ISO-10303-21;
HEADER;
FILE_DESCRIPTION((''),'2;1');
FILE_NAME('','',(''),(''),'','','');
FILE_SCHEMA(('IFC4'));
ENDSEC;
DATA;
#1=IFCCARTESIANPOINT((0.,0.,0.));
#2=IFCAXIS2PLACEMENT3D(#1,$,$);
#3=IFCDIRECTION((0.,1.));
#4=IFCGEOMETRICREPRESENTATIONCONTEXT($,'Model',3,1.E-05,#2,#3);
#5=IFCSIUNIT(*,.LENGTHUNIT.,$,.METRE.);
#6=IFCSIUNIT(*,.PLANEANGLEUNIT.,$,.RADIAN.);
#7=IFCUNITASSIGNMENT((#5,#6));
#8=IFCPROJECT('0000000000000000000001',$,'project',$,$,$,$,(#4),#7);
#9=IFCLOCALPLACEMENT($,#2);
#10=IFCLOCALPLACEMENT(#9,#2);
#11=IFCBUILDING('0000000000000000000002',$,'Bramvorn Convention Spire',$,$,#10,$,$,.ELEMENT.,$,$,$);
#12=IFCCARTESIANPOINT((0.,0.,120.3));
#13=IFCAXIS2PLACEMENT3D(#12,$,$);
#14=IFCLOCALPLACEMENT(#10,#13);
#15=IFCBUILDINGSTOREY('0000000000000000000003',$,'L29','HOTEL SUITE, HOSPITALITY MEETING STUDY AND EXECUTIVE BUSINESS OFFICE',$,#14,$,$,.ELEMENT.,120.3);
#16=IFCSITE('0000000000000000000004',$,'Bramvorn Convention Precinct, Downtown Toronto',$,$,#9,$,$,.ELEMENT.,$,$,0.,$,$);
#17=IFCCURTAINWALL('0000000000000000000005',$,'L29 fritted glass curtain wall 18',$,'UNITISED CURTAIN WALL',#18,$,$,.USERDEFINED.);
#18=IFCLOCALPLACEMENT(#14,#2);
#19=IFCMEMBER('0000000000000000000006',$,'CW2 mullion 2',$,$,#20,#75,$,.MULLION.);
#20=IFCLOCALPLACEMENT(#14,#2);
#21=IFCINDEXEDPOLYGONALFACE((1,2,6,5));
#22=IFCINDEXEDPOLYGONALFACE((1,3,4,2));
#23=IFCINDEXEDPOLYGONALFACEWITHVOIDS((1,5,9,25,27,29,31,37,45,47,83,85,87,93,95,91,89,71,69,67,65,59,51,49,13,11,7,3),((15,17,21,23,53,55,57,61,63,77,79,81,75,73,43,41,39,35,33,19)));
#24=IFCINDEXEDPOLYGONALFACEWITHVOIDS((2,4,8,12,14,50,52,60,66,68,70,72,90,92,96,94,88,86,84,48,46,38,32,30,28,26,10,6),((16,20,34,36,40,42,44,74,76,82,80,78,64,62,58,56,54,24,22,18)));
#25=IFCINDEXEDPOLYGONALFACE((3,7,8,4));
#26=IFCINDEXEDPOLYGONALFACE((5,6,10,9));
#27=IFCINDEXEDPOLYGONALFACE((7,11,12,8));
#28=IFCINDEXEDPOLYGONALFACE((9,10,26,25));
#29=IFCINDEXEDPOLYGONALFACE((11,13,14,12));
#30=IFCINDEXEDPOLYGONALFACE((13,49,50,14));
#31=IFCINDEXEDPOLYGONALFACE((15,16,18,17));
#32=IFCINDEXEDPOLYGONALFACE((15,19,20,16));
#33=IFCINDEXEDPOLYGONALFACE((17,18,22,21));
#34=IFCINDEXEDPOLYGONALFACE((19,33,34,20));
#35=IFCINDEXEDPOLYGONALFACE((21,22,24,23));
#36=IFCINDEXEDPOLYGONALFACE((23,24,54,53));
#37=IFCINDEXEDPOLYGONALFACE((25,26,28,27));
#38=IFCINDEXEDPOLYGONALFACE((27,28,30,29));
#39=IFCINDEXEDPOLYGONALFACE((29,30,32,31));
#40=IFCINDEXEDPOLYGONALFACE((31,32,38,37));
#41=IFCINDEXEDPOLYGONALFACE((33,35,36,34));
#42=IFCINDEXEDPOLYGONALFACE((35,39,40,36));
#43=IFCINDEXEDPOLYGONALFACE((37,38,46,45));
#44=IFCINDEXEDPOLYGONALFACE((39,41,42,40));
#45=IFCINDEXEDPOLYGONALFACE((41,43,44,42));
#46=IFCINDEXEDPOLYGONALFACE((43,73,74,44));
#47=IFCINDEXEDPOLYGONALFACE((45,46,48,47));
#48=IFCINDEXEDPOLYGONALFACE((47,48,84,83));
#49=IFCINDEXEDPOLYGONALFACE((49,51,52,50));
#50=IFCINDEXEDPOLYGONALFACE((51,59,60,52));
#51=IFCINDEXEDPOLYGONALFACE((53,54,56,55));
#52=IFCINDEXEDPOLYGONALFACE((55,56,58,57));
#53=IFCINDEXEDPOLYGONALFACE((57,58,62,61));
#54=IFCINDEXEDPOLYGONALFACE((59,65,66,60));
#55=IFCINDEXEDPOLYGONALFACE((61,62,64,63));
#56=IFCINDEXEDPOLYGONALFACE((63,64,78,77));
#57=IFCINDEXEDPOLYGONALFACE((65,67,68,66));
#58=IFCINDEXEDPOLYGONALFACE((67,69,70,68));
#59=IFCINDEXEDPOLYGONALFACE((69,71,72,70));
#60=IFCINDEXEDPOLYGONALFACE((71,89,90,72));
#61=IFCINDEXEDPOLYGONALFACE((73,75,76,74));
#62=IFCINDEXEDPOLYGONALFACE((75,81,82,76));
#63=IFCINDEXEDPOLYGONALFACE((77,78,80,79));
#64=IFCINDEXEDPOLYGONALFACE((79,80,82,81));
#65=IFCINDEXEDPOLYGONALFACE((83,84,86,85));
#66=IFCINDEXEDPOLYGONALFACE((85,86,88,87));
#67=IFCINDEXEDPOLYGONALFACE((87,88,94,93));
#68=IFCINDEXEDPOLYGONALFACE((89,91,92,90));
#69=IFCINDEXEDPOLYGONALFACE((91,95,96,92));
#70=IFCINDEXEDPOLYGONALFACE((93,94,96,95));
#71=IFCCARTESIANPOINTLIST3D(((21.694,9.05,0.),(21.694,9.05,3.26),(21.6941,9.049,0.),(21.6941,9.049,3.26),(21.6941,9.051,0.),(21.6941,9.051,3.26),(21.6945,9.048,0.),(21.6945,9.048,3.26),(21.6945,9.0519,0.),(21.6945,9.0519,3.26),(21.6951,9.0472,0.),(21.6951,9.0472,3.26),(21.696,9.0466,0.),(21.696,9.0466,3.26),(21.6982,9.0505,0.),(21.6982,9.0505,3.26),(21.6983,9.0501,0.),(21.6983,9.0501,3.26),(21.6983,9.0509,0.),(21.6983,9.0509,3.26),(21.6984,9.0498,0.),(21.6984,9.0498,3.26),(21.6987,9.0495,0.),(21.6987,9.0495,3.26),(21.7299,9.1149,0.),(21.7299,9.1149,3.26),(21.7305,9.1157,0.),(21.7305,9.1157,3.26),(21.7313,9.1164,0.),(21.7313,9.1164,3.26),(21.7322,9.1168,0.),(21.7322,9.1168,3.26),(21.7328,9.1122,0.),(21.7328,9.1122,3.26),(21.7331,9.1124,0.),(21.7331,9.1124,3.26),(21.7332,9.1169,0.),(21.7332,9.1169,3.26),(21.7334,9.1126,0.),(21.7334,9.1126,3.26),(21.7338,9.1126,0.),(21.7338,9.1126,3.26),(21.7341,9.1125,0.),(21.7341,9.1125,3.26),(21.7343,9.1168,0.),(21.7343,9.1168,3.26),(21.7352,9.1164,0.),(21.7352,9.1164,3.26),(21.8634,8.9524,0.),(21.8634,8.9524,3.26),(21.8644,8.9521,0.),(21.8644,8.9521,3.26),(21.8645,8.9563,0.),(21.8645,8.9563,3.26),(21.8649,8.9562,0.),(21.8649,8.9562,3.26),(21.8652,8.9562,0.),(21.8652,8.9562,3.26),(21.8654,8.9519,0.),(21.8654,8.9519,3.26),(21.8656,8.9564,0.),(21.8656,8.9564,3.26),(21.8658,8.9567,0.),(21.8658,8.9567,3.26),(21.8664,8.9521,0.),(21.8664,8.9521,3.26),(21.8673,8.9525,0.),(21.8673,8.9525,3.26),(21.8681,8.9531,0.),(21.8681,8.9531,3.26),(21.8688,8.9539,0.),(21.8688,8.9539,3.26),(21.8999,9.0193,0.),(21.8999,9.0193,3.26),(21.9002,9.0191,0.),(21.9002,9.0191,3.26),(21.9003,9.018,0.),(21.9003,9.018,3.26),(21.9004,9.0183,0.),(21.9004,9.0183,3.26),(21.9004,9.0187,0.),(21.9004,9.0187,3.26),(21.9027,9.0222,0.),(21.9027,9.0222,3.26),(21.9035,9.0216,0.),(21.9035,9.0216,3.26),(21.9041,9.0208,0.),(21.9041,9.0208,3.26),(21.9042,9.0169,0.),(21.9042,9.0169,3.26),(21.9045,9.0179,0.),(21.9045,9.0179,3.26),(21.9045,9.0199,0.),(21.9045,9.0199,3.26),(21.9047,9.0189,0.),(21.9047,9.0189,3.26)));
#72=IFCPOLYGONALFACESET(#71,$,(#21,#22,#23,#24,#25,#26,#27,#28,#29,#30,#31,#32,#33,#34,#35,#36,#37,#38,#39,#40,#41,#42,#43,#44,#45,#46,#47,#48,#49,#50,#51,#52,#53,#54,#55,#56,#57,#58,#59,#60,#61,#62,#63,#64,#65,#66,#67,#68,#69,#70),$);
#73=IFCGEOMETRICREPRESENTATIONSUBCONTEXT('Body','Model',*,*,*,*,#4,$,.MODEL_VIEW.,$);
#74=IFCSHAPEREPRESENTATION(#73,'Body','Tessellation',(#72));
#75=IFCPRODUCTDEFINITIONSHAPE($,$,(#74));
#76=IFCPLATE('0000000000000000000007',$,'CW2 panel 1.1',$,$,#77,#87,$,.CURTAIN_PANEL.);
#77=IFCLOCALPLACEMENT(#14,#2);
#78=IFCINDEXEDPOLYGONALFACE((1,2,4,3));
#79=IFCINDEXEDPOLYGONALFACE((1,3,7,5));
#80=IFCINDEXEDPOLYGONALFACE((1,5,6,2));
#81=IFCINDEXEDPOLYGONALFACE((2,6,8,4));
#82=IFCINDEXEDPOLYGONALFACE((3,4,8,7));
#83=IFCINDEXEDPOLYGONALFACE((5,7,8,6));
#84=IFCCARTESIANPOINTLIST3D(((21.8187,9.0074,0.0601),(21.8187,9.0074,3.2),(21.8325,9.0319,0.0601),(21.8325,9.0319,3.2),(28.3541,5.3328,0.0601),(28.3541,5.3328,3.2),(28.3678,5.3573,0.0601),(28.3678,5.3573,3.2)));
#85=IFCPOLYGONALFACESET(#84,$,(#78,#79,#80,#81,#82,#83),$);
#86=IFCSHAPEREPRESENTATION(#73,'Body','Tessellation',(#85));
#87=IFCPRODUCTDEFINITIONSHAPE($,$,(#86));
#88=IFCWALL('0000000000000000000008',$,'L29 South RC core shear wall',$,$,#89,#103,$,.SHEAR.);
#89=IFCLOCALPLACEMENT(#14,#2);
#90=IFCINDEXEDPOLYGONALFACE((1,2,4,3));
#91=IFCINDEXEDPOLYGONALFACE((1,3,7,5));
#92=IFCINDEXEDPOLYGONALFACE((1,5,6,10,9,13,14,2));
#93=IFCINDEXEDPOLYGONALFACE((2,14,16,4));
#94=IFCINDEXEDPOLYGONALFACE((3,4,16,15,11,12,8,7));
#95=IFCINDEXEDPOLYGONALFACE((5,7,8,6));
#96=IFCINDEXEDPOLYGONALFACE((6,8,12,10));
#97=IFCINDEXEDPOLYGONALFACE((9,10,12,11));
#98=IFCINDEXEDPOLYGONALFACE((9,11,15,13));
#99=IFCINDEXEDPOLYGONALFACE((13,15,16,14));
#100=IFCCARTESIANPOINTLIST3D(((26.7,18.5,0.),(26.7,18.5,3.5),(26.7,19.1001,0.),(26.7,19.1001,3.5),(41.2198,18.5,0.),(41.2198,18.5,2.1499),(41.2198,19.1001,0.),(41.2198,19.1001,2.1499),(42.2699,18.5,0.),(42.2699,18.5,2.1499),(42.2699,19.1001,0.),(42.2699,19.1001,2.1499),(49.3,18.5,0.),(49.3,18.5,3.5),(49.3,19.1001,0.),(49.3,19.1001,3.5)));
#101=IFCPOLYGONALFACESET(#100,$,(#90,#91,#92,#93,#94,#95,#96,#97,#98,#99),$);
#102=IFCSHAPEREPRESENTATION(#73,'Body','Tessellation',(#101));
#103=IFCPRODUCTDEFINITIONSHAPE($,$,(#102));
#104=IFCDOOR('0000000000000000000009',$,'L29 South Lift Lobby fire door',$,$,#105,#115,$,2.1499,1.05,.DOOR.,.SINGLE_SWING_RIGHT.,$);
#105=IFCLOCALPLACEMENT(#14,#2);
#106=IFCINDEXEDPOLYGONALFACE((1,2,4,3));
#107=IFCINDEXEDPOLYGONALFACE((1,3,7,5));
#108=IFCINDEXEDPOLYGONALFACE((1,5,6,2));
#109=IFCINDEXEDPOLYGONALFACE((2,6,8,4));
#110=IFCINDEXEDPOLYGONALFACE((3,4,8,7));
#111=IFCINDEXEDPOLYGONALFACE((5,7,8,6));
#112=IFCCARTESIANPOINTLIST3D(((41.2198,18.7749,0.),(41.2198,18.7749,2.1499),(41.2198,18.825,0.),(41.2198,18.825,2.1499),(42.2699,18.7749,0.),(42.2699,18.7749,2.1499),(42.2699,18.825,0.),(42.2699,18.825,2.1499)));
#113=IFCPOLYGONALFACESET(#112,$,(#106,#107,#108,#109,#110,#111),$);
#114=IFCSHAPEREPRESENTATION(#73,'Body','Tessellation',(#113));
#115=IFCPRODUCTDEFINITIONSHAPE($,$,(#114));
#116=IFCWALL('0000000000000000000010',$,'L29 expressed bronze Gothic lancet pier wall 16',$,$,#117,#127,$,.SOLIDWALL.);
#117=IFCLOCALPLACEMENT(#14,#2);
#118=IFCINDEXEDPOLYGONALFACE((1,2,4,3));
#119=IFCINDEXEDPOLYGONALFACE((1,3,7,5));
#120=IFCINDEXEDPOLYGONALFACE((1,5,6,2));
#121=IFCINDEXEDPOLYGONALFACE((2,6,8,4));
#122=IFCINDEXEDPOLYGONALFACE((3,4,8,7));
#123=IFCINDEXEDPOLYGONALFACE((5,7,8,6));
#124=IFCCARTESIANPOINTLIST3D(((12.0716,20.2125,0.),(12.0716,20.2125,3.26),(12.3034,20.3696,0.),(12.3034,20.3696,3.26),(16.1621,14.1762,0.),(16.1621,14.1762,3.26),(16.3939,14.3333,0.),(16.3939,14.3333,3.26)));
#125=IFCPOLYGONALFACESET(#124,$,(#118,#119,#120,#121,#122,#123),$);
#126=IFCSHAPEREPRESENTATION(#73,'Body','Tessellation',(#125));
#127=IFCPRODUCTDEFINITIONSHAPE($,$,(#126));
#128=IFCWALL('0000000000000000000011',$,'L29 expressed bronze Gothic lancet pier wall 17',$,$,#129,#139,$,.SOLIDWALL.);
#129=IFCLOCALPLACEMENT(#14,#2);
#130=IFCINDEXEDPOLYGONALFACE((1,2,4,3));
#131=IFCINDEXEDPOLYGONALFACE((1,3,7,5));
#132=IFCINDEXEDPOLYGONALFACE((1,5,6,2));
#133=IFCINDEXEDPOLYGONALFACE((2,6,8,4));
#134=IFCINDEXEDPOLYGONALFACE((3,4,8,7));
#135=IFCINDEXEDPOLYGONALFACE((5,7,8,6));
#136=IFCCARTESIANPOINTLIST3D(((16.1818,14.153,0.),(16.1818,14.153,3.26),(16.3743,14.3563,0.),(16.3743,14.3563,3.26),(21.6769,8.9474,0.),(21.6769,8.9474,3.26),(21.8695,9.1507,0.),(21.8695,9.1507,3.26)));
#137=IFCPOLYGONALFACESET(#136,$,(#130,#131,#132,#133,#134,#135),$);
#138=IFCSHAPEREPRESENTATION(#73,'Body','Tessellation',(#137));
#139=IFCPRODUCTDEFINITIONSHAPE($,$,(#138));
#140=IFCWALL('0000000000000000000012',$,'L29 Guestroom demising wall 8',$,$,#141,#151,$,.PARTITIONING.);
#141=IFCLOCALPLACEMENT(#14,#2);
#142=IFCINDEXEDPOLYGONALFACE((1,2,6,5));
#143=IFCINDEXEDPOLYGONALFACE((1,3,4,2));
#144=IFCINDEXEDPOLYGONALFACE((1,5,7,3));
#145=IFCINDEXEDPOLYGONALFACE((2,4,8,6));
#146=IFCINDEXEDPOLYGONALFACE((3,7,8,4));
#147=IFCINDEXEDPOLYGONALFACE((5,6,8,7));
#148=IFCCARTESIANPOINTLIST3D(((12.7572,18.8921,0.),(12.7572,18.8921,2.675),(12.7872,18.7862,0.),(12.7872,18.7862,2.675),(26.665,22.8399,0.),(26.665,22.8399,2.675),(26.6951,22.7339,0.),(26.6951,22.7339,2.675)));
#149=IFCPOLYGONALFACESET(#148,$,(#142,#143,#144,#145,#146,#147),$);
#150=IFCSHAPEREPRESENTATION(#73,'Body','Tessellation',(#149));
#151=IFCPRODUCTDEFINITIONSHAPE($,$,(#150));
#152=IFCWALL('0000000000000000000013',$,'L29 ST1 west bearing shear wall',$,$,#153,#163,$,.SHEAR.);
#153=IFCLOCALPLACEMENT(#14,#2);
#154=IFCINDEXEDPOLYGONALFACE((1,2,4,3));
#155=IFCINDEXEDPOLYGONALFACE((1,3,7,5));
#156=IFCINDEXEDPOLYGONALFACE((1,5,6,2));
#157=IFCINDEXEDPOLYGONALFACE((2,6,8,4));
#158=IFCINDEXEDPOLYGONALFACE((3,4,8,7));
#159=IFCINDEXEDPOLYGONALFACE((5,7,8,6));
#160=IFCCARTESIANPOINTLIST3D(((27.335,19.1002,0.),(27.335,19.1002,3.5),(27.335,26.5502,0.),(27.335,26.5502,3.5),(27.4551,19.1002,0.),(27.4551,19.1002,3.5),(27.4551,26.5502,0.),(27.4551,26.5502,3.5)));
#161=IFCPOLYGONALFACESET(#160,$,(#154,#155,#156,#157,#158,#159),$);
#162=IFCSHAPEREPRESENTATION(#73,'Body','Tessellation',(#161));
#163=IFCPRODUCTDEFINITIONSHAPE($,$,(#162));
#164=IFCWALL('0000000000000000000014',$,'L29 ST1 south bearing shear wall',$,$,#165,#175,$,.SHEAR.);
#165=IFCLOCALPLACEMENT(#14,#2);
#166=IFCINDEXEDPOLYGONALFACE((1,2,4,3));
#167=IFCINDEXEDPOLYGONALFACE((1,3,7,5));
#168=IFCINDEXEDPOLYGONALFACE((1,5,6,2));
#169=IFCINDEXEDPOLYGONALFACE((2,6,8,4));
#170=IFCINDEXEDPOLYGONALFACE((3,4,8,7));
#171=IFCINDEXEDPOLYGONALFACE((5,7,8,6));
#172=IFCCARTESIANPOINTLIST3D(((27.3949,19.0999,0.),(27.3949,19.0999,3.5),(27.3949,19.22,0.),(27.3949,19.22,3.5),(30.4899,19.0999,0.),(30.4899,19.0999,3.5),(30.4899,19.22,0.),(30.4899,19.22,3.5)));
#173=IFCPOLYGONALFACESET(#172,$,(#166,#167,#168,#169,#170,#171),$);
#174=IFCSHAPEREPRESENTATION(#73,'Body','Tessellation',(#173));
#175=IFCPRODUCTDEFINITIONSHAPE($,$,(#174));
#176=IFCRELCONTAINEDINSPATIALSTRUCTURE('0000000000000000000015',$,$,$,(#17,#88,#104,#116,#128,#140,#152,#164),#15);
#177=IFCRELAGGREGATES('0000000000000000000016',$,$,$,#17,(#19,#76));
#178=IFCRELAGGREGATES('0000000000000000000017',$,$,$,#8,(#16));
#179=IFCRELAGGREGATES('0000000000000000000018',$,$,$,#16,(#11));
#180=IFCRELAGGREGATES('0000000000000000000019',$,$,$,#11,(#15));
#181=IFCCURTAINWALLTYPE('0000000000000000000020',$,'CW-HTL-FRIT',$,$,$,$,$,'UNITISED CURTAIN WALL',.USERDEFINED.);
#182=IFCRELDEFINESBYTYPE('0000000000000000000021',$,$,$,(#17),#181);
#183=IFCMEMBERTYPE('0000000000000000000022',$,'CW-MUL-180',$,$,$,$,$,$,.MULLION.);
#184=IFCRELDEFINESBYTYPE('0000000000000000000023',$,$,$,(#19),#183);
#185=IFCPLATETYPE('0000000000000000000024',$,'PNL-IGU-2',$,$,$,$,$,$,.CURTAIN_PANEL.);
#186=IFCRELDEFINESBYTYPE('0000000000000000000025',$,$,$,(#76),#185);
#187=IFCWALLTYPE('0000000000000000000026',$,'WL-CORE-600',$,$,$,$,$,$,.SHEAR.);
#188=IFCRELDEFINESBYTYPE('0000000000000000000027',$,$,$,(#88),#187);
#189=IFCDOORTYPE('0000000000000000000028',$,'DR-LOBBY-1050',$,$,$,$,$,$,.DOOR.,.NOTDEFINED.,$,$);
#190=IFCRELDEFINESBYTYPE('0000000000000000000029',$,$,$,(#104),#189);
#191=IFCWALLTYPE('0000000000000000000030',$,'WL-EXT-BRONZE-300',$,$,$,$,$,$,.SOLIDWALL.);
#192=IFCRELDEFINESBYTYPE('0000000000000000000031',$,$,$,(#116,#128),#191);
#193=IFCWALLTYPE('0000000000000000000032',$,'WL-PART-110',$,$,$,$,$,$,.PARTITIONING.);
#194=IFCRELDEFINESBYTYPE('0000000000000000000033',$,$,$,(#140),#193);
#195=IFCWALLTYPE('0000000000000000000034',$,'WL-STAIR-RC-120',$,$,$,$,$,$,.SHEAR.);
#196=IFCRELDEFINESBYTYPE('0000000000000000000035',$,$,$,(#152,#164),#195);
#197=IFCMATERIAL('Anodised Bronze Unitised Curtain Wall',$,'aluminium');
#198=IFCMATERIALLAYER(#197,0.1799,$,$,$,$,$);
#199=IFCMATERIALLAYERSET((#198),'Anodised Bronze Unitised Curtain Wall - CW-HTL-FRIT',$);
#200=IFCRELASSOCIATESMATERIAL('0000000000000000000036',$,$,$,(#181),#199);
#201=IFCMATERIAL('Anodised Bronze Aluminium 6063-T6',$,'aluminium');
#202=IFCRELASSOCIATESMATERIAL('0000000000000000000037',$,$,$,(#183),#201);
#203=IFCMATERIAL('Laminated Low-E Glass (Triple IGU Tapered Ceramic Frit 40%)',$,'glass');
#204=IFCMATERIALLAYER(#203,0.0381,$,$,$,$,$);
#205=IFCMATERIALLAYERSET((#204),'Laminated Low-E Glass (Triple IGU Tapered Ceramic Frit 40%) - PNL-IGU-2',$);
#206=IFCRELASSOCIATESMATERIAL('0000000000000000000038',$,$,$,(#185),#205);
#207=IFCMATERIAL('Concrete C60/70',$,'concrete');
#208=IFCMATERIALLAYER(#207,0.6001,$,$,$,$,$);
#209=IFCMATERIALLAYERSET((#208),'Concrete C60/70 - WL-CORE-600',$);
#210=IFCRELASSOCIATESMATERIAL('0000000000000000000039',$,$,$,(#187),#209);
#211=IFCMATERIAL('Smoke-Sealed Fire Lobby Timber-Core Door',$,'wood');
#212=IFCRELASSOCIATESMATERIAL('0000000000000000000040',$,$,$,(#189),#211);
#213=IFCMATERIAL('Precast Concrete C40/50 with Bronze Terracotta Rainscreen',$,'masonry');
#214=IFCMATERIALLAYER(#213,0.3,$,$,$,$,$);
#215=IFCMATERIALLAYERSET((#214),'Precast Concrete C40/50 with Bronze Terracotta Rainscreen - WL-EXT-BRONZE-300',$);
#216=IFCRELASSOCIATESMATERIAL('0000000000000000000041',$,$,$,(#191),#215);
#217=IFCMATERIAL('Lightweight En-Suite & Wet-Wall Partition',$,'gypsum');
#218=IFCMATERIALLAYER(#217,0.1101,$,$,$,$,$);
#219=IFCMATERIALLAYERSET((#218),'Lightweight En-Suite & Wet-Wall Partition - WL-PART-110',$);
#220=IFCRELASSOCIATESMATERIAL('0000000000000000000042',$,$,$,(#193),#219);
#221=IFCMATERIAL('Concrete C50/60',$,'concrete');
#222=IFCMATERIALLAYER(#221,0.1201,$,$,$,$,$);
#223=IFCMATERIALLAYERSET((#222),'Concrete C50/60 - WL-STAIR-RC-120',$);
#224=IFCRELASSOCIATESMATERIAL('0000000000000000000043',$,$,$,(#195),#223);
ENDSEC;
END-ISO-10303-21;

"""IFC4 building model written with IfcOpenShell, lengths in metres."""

from ifc_helpers import new_model, si_unit, direction, frame, frame_2d, origin, origin_2d, place, context, subcontext, project, spatial, rectangle, hollow_rectangle, extrude, material, layer, layer_set, material_profile, profile_set, type_object, element, fill, aggregate, save


model = new_model("IFC4")

# Units and contexts
model_context = context("Model", 3, precision=1e-05, world=origin(), true_north=direction((0.0, 1.0)))
body_context = subcontext(model_context, "Body", "Model", "MODEL_VIEW")
ifc_project = project(units=[si_unit("LENGTHUNIT", "METRE"), si_unit("PLANEANGLEUNIT", "RADIAN")], contexts=[model_context])

# Site, building, storey
site_placement = place(None, origin())
site = spatial("IfcSite", under=ifc_project, at=site_placement, Name="Bramvorn Convention Precinct, Downtown Toronto", CompositionType="ELEMENT", RefElevation=0.0)
building_placement = place(site_placement, origin())
building = spatial("IfcBuilding", under=site, at=building_placement, Name="Bramvorn Convention Spire", CompositionType="ELEMENT")
storey_placement = place(building_placement, frame((0.0, 0.0, 120.3)))
storey = spatial("IfcBuildingStorey", under=building, at=storey_placement, Name="L29", Description="HOTEL SUITE, HOSPITALITY MEETING STUDY AND EXECUTIVE BUSINESS OFFICE", CompositionType="ELEMENT", Elevation=120.3)

# Curtain wall, member, plate
ifc_material_1 = material(Name="Anodised Bronze Unitised Curtain Wall", Category="aluminium")
ifc_layer_1 = layer(ifc_material_1, 0.1799)
ifc_layer_set_1 = layer_set([ifc_layer_1], Name="Anodised Bronze Unitised Curtain Wall - CW-HTL-FRIT")
curtain_wall_type = type_object("IfcCurtainWallType", Name="CW-HTL-FRIT", ElementType="UNITISED CURTAIN WALL", PredefinedType="USERDEFINED", material=ifc_layer_set_1)
curtain_wall_placement = place(storey_placement, origin())
curtain_wall = element("IfcCurtainWall", 1, at=curtain_wall_placement, inside=storey, type_object=curtain_wall_type, Name="L29 fritted glass curtain wall 18", ObjectType="UNITISED CURTAIN WALL", PredefinedType="USERDEFINED")
ifc_material_2 = material(Name="Anodised Bronze Aluminium 6063-T6", Category="aluminium")
ifc_material_profile_1 = material_profile(ifc_material_2, hollow_rectangle(XDim=0.0801, YDim=0.2, WallThickness=0.0039, InnerFilletRadius=0.001, OuterFilletRadius=0.0039, at=origin_2d()))
ifc_profile_set_1 = profile_set([ifc_material_profile_1], Name="Anodised Bronze Aluminium 6063-T6 - CWM80X200")
member_type = type_object("IfcMemberType", Name="CW-MUL-180", PredefinedType="MULLION", material=ifc_profile_set_1)
member_placement = place(storey_placement, frame((21.7993, 9.0344, 0.0), z_axis=(0.0, 0.0, 1.0), x_axis=(-0.490107, -0.871662, 0.0)))
member = element("IfcMember", 2, at=member_placement, type_object=member_type, Name="CW2 mullion 2", PredefinedType="MULLION", context=body_context, shape_type="SweptSolid", body=[
    extrude(hollow_rectangle(XDim=0.0801, YDim=0.2, WallThickness=0.0039, InnerFilletRadius=0.001, OuterFilletRadius=0.0039, at=origin_2d()), origin(), (0.0, 0.0, 1.0), 3.26),
])
ifc_material_3 = material(Name="Laminated Low-E Glass (Triple IGU Tapered Ceramic Frit 40%)", Category="glass")
ifc_layer_2 = layer(ifc_material_3, 0.0381)
ifc_layer_set_2 = layer_set([ifc_layer_2], Name="Laminated Low-E Glass (Triple IGU Tapered Ceramic Frit 40%) - PNL-IGU-2")
plate_type = type_object("IfcPlateType", Name="PNL-IGU-2", PredefinedType="CURTAIN_PANEL", material=ifc_layer_set_2)
plate_placement = place(storey_placement, frame((25.0933, 7.1824, 0.0601), z_axis=(0.0, 0.0, 1.0), x_axis=(-0.871662, 0.490107, 0.0)))
plate = element("IfcPlate", 3, at=plate_placement, type_object=plate_type, Name="CW2 panel 1.1", PredefinedType="CURTAIN_PANEL", context=body_context, shape_type="SweptSolid", body=[
    extrude(rectangle(XDim=7.4976, YDim=0.0281, at=origin_2d()), origin(), (0.0, 0.0, 1.0), 3.1399),
])
aggregate(curtain_wall, [member, plate])

# Wall, opening, door
ifc_material_4 = material(Name="Concrete C60/70", Category="concrete")
ifc_layer_3 = layer(ifc_material_4, 0.6001)
ifc_layer_set_3 = layer_set([ifc_layer_3], Name="Concrete C60/70 - WL-CORE-600")
wall_type_1 = type_object("IfcWallType", Name="WL-CORE-600", PredefinedType="SHEAR", material=ifc_layer_set_3)
wall_1_placement = place(storey_placement, frame((26.7, 18.8, 0.0), z_axis=(0.0, 0.0, 1.0), x_axis=(1.0, 0.0, 0.0)))
wall_1 = element("IfcWall", 4, at=wall_1_placement, inside=storey, type_object=wall_type_1, Name="L29 South RC core shear wall", PredefinedType="SHEAR", context=body_context, shape_type="SweptSolid", body=[
    extrude(rectangle(XDim=22.6001, YDim=0.6001, at=frame_2d((11.3, 0.0))), origin(), (0.0, 0.0, 1.0), 3.5),
])
opening_1_placement = place(wall_1_placement, frame((14.52, 0.0, 0.0)))
opening_1 = element("IfcOpeningElement", 5, at=opening_1_placement, cuts=wall_1, PredefinedType="OPENING", context=body_context, shape_type="SweptSolid", body=[
    extrude(rectangle(XDim=1.05, YDim=2.1499, at=frame_2d((0.5249, 1.075))), frame((0.0, 0.3101, 0.0), z_axis=(0.0, -1.0, 0.0), x_axis=(1.0, 0.0, 0.0)), (0.0, 0.0, 1.0), 0.6201),
])
ifc_material_5 = material(Name="Smoke-Sealed Fire Lobby Timber-Core Door", Category="wood")
door_type = type_object("IfcDoorType", Name="DR-LOBBY-1050", OperationType="NOTDEFINED", PredefinedType="DOOR", material=ifc_material_5)
door_1_placement = place(opening_1_placement, origin())
door_1 = element("IfcDoor", 6, at=door_1_placement, inside=storey, type_object=door_type, Name="L29 South Lift Lobby fire door", OperationType="SINGLE_SWING_RIGHT", OverallHeight=2.1499, OverallWidth=1.05, PredefinedType="DOOR", context=body_context, shape_type="SweptSolid", body=[
    extrude(rectangle(XDim=1.05, YDim=2.1499, at=frame_2d((0.5249, 1.075))), frame((0.0, 0.0249, 0.0), z_axis=(0.0, -1.0, 0.0), x_axis=(1.0, 0.0, 0.0)), (0.0, 0.0, 1.0), 0.05),
])
fill(opening_1, door_1)

# Walls
ifc_material_6 = material(Name="Precast Concrete C40/50 with Bronze Terracotta Rainscreen", Category="masonry")
ifc_layer_4 = layer(ifc_material_6, 0.3)
ifc_layer_set_4 = layer_set([ifc_layer_4], Name="Precast Concrete C40/50 with Bronze Terracotta Rainscreen - WL-EXT-BRONZE-300")
wall_type_2 = type_object("IfcWallType", Name="WL-EXT-BRONZE-300", PredefinedType="SOLIDWALL", material=ifc_layer_set_4)
wall_2_placement = place(storey_placement, frame((16.2781, 14.2546, 0.0), z_axis=(0.0, 0.0, 1.0), x_axis=(-0.560981, 0.827828, 0.0)))
element("IfcWall", 7, at=wall_2_placement, inside=storey, type_object=wall_type_2, Name="L29 expressed bronze Gothic lancet pier wall 16", PredefinedType="SOLIDWALL", context=body_context, shape_type="SweptSolid", body=[
    extrude(rectangle(XDim=7.2917, YDim=0.28, at=frame_2d((3.646, 0.0))), origin(), (0.0, 0.0, 1.0), 3.26),
])
wall_3_placement = place(storey_placement, frame((21.7732, 9.0491, 0.0), z_axis=(0.0, 0.0, 1.0), x_axis=(-0.725975, 0.687721, 0.0)))
element("IfcWall", 8, at=wall_3_placement, inside=storey, type_object=wall_type_2, Name="L29 expressed bronze Gothic lancet pier wall 17", PredefinedType="SOLIDWALL", context=body_context, shape_type="SweptSolid", body=[
    extrude(rectangle(XDim=7.5693, YDim=0.28, at=frame_2d((3.7847, 0.0))), origin(), (0.0, 0.0, 1.0), 3.26),
])
ifc_material_7 = material(Name="Lightweight En-Suite & Wet-Wall Partition", Category="gypsum")
ifc_layer_5 = layer(ifc_material_7, 0.1101)
ifc_layer_set_5 = layer_set([ifc_layer_5], Name="Lightweight En-Suite & Wet-Wall Partition - WL-PART-110")
wall_type_3 = type_object("IfcWallType", Name="WL-PART-110", PredefinedType="PARTITIONING", material=ifc_layer_set_5)
wall_4_placement = place(storey_placement, frame((26.6799, 22.7869, 0.0), z_axis=(0.0, 0.0, 1.0), x_axis=(-0.961997, -0.273061, 0.0)))
element("IfcWall", 9, at=wall_4_placement, inside=storey, type_object=wall_type_3, Name="L29 Guestroom demising wall 8", PredefinedType="PARTITIONING", context=body_context, shape_type="SweptSolid", body=[
    extrude(rectangle(XDim=14.4573, YDim=0.1101, at=frame_2d((7.2285, 0.0))), origin(), (0.0, 0.0, 1.0), 2.675),
])
ifc_material_8 = material(Name="Concrete C50/60", Category="concrete")
ifc_layer_6 = layer(ifc_material_8, 0.1201)
ifc_layer_set_6 = layer_set([ifc_layer_6], Name="Concrete C50/60 - WL-STAIR-RC-120")
wall_type_4 = type_object("IfcWallType", Name="WL-STAIR-RC-120", PredefinedType="SHEAR", material=ifc_layer_set_6)
wall_5_placement = place(storey_placement, frame((27.395, 19.1001, 0.0), z_axis=(0.0, 0.0, 1.0), x_axis=(0.0, 1.0, 0.0)))
element("IfcWall", 10, at=wall_5_placement, inside=storey, type_object=wall_type_4, Name="L29 ST1 west bearing shear wall", PredefinedType="SHEAR", context=body_context, shape_type="SweptSolid", body=[
    extrude(rectangle(XDim=7.45, YDim=0.1201, at=frame_2d((3.7251, 0.0))), origin(), (0.0, 0.0, 1.0), 3.5),
])
wall_6_placement = place(storey_placement, frame((27.395, 19.1599, 0.0), z_axis=(0.0, 0.0, 1.0), x_axis=(1.0, 0.0, 0.0)))
element("IfcWall", 11, at=wall_6_placement, inside=storey, type_object=wall_type_4, Name="L29 ST1 south bearing shear wall", PredefinedType="SHEAR", context=body_context, shape_type="SweptSolid", body=[
    extrude(rectangle(XDim=3.095, YDim=0.1201, at=frame_2d((1.5474, 0.0))), origin(), (0.0, 0.0, 1.0), 3.5),
])

save(model, "model.ifc")
